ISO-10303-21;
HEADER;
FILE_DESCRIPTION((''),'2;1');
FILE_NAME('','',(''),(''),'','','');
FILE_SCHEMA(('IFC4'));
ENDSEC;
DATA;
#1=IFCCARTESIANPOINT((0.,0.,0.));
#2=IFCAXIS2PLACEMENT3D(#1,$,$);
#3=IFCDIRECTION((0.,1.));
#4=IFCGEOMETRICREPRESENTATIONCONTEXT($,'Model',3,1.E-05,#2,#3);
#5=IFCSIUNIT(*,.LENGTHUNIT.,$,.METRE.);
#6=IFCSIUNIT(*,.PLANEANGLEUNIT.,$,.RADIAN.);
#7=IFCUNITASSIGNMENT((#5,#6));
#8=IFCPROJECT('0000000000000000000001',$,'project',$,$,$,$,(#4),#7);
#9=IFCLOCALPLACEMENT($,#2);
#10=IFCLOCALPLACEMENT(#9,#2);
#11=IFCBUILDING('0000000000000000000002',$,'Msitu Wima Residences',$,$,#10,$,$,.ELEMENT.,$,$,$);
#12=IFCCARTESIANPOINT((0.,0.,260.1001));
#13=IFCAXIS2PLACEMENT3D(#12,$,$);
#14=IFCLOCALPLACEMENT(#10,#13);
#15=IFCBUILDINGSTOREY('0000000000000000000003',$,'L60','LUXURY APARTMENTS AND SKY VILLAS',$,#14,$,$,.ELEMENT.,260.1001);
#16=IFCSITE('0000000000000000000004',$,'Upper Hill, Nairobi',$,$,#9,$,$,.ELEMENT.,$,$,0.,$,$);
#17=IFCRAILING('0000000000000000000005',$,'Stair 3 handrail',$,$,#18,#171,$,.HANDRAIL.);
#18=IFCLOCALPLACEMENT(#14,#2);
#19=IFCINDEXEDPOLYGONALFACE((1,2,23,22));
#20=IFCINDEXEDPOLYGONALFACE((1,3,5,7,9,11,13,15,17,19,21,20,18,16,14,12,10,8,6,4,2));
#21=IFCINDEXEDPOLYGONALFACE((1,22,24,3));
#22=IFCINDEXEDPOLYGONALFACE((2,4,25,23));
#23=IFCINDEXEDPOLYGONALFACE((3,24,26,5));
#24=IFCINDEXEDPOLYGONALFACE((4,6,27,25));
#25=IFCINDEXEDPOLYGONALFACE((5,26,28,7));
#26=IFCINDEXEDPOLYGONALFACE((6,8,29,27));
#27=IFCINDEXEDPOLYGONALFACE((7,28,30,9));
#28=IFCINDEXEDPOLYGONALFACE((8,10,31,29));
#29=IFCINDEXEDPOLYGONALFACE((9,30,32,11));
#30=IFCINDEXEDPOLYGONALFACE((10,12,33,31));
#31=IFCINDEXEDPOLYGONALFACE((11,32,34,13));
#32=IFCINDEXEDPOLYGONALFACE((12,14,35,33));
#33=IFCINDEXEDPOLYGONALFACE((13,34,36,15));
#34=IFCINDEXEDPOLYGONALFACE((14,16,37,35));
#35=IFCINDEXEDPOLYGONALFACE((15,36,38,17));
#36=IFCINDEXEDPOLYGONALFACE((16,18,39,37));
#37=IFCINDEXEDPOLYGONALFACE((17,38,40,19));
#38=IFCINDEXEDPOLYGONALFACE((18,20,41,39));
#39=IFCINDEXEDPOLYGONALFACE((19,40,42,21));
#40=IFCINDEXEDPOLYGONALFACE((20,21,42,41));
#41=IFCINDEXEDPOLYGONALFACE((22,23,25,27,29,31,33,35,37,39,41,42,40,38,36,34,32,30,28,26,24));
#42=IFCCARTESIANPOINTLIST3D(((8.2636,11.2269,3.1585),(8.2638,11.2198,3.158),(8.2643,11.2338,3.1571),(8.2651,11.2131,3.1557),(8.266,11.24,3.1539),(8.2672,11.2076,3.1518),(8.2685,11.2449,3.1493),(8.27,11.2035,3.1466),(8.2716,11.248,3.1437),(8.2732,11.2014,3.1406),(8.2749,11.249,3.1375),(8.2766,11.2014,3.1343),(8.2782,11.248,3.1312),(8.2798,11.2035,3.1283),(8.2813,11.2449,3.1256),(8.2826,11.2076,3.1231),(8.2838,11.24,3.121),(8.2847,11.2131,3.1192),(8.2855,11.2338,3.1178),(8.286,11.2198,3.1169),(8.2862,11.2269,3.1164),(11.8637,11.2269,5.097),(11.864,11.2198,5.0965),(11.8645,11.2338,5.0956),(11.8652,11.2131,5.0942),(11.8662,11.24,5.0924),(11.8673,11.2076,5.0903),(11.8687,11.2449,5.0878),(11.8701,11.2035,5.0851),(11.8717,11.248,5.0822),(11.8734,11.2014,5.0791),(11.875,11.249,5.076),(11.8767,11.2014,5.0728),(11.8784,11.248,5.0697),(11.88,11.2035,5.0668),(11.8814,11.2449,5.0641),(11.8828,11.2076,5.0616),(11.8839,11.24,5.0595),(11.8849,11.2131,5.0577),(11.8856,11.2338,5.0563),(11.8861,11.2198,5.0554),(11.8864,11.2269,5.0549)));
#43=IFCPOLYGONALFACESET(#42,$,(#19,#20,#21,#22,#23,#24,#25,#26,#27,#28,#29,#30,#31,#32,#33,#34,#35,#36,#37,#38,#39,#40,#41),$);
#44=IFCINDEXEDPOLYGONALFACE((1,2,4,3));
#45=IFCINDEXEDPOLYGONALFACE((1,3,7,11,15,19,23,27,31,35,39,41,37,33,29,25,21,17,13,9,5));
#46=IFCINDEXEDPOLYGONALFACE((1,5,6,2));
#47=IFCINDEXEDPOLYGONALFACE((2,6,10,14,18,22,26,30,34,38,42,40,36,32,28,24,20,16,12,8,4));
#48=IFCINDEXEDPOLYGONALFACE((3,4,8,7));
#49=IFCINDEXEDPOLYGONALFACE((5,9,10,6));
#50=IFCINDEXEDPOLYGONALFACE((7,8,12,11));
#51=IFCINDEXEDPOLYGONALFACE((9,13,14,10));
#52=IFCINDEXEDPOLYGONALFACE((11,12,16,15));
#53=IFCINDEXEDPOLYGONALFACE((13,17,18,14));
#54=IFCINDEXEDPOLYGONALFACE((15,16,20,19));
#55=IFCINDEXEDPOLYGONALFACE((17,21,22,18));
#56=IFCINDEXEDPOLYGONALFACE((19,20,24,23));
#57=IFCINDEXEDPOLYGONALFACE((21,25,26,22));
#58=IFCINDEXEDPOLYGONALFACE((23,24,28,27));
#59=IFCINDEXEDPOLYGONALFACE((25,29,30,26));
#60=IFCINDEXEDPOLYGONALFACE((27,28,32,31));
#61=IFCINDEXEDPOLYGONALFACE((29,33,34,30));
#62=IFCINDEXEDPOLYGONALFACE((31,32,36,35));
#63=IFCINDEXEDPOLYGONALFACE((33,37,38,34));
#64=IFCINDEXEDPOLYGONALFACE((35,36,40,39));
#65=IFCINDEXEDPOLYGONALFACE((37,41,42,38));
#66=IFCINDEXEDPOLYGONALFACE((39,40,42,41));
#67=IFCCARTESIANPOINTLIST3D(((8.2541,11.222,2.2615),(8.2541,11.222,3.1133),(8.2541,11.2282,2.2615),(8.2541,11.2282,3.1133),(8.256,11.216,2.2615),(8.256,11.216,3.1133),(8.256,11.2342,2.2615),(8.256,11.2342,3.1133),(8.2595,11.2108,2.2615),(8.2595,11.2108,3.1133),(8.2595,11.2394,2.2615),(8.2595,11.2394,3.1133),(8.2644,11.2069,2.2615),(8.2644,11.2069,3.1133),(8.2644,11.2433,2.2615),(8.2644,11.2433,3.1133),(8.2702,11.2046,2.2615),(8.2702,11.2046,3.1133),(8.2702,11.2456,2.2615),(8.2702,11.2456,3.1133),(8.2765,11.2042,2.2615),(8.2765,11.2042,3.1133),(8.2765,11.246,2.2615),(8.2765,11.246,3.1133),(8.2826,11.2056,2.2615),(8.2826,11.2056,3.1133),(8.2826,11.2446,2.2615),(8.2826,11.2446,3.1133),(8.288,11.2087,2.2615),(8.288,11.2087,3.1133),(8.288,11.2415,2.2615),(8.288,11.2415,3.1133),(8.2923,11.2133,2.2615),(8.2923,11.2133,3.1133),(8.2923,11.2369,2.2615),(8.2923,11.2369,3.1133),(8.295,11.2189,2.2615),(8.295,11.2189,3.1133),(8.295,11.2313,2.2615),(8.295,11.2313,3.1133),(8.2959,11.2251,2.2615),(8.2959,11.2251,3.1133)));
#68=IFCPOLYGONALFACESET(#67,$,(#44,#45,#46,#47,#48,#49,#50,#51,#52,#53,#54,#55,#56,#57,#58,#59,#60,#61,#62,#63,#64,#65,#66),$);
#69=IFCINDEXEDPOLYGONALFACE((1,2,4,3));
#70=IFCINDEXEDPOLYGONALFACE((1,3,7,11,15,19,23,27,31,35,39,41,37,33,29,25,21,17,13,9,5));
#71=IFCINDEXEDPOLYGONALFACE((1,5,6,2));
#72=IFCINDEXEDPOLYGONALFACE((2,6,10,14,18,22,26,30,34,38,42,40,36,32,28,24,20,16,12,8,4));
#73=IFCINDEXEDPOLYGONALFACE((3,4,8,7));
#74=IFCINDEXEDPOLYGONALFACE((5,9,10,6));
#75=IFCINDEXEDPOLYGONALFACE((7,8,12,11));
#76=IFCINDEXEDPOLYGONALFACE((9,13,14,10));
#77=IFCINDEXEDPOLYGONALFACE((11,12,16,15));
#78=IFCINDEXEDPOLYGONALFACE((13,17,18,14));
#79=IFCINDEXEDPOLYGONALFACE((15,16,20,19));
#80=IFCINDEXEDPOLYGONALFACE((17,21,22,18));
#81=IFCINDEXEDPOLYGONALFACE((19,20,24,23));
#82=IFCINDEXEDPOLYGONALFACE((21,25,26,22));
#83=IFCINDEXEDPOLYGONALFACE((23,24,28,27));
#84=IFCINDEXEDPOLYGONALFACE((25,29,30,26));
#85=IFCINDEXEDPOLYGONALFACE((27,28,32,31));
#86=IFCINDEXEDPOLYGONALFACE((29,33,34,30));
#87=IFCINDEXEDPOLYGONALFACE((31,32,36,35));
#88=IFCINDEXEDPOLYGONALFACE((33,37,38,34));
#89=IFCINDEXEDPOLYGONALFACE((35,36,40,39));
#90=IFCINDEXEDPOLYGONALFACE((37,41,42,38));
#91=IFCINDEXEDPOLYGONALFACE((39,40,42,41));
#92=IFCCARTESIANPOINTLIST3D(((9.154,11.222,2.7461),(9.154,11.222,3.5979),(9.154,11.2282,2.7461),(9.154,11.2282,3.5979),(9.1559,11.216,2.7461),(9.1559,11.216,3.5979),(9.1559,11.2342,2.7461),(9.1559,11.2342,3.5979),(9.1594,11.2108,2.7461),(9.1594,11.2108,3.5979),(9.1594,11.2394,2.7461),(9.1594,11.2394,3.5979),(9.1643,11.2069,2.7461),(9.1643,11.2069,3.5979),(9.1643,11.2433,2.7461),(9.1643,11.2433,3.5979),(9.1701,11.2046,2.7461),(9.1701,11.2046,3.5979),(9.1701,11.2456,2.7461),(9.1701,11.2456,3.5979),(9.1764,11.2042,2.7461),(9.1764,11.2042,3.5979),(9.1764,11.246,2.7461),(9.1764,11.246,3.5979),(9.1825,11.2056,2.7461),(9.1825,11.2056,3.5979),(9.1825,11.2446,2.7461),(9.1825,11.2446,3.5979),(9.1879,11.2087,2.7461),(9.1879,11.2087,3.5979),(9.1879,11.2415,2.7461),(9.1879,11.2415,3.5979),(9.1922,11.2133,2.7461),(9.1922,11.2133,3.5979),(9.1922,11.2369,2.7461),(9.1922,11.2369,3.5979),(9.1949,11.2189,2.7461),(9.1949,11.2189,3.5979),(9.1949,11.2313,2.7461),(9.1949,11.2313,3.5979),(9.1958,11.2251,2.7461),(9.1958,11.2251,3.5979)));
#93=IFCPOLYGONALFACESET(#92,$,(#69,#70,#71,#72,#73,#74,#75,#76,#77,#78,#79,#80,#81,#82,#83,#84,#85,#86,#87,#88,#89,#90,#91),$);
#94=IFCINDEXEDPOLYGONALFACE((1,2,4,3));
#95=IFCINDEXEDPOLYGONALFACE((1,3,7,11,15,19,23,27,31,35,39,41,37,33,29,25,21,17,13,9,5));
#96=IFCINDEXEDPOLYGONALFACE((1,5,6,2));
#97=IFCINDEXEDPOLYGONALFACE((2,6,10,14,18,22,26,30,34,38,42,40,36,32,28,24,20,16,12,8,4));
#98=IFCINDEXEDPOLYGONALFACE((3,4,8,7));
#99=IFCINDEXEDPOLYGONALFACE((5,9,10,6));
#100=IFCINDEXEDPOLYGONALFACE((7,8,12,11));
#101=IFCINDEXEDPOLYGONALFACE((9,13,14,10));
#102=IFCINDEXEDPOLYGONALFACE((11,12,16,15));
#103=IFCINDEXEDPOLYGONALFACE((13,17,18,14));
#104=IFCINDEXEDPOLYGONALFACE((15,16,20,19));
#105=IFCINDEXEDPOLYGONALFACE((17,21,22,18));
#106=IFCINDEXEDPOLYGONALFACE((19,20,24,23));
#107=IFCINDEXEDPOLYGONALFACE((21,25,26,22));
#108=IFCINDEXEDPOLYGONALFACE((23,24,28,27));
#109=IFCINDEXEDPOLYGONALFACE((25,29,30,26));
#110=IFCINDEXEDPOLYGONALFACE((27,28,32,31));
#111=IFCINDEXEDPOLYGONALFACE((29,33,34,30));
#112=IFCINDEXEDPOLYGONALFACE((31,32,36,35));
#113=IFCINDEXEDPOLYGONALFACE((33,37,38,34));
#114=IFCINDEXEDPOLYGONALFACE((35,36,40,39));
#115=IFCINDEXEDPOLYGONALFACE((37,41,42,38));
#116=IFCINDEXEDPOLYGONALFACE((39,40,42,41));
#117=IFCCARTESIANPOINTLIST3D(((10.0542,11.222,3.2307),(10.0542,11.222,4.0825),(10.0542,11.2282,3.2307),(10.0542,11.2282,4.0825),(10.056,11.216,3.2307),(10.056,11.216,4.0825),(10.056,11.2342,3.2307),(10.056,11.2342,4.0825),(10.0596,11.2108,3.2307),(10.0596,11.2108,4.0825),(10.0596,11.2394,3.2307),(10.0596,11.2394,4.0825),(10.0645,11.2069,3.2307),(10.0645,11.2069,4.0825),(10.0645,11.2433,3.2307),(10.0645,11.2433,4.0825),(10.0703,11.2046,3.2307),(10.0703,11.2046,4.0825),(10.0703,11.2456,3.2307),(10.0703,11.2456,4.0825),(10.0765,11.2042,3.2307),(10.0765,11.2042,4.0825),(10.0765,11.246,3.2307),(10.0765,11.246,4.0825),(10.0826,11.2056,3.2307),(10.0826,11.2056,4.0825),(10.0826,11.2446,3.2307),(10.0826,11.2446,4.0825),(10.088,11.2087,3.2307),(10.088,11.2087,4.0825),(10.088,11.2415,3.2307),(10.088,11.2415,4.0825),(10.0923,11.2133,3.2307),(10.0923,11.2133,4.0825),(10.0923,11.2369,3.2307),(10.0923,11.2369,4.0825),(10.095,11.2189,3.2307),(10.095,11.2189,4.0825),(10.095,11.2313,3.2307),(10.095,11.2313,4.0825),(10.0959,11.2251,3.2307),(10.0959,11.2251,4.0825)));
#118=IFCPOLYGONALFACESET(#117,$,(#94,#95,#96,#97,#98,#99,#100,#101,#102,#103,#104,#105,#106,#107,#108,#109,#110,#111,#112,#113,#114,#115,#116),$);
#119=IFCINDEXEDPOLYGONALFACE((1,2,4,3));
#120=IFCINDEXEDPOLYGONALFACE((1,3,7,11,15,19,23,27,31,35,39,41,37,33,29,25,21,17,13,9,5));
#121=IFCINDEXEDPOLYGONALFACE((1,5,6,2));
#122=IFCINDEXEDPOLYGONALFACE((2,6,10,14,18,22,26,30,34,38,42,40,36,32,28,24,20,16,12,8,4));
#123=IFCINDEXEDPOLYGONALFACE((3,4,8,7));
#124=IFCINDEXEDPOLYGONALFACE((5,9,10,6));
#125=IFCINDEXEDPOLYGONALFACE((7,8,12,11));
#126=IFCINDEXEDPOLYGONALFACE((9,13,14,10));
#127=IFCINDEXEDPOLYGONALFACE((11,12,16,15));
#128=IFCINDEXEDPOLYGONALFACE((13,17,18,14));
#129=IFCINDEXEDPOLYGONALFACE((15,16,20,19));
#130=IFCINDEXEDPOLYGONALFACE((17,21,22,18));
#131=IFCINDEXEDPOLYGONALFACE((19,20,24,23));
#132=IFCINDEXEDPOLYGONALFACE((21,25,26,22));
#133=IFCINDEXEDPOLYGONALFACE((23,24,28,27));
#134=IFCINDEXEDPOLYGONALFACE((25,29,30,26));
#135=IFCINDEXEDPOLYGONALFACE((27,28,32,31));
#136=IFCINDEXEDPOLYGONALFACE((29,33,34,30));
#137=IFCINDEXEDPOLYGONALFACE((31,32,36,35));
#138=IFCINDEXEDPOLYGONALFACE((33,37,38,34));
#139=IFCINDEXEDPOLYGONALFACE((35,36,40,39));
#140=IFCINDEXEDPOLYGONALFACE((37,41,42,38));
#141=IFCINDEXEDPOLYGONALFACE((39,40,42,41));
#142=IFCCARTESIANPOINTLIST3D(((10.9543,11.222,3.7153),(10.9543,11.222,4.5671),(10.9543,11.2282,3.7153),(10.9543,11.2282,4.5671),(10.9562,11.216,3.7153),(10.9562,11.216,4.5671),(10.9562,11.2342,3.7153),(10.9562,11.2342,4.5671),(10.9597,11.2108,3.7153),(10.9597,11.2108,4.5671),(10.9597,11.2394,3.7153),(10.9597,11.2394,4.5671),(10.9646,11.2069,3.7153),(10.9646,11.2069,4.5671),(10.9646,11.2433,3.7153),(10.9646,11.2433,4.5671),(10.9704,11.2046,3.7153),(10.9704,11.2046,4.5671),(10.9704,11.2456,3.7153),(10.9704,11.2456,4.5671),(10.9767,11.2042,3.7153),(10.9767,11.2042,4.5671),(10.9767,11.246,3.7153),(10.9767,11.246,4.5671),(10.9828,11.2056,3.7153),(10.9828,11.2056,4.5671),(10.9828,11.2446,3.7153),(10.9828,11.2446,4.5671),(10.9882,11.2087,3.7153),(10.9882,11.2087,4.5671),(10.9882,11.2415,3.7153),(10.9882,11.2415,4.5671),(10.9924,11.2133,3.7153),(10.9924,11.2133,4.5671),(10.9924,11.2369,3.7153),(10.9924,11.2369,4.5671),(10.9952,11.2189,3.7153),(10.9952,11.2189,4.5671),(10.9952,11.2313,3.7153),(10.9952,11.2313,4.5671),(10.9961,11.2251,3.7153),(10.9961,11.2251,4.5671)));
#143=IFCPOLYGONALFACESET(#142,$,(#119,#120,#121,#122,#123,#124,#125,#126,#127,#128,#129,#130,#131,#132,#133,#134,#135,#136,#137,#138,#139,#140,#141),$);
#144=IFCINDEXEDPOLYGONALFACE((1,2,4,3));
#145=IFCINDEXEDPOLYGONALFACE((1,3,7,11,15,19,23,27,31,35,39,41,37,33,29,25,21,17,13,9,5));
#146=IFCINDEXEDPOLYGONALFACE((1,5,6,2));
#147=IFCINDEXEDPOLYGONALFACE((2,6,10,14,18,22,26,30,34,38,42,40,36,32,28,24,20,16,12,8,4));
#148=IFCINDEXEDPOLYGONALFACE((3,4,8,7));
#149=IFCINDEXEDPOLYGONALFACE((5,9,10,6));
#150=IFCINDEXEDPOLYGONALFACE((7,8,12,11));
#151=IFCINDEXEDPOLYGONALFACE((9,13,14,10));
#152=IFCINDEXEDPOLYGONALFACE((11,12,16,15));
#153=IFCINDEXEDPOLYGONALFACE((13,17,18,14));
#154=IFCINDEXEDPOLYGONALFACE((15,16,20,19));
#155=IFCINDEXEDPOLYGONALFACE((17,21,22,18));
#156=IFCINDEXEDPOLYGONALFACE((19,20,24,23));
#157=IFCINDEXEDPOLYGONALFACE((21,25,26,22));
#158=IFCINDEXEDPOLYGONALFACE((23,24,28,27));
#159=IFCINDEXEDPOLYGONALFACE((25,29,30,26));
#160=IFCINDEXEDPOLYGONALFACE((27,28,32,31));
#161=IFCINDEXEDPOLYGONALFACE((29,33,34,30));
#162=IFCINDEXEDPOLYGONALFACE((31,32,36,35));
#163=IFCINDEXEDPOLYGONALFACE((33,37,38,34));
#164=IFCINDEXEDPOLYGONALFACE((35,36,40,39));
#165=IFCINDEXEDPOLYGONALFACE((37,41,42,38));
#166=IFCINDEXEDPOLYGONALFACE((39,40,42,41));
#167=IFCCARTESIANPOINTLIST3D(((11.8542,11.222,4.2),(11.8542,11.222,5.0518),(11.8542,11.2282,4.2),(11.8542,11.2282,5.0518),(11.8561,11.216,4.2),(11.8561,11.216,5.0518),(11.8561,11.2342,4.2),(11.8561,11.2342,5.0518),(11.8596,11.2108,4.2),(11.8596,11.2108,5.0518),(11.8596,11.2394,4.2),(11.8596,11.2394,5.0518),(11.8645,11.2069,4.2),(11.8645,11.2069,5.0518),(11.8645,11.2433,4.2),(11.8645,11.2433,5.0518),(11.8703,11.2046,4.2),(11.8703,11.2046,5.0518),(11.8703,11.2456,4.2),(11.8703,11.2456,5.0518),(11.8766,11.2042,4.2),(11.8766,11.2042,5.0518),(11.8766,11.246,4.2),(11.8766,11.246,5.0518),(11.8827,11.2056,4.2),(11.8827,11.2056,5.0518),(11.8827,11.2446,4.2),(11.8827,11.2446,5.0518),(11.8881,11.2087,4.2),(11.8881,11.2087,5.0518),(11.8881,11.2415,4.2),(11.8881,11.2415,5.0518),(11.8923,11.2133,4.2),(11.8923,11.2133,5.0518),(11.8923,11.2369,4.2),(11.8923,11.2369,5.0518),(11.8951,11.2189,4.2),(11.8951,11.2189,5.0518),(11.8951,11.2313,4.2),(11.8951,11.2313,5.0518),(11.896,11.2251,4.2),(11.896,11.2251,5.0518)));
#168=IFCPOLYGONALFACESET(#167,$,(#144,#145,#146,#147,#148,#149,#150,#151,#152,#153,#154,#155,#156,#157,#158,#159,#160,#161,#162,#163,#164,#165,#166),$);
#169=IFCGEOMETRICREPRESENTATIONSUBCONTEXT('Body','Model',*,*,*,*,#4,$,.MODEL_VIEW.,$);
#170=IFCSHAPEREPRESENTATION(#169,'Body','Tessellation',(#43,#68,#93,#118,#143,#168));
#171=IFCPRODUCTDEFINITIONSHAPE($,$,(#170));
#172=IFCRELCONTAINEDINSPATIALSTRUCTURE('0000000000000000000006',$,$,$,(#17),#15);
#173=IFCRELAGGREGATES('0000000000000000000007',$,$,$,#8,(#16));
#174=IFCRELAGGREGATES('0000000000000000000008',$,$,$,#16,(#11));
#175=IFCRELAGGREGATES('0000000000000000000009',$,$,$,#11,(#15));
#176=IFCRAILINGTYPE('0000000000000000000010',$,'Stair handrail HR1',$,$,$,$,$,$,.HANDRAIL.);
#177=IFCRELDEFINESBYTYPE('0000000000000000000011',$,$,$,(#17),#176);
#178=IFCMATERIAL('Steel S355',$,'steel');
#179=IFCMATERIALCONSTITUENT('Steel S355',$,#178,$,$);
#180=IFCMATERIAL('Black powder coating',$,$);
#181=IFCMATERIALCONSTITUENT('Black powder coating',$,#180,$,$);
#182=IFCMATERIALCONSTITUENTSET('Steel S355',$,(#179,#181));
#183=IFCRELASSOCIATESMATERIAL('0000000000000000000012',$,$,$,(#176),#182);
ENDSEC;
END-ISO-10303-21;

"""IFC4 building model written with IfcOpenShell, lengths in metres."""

from ifc_helpers import new_model, si_unit, direction, frame, origin, origin_2d, place, context, subcontext, project, spatial, circle, extrude, material, constituent, constituent_set, type_object, element, save


model = new_model("IFC4")

# Units and contexts
model_context = context("Model", 3, precision=1e-05, world=origin(), true_north=direction((0.0, 1.0)))
body_context = subcontext(model_context, "Body", "Model", "MODEL_VIEW")
ifc_project = project(units=[si_unit("LENGTHUNIT", "METRE"), si_unit("PLANEANGLEUNIT", "RADIAN")], contexts=[model_context])

# Site, building, storey
site_placement = place(None, origin())
site = spatial("IfcSite", under=ifc_project, at=site_placement, Name="Upper Hill, Nairobi", CompositionType="ELEMENT", RefElevation=0.0)
building_placement = place(site_placement, origin())
building = spatial("IfcBuilding", under=site, at=building_placement, Name="Msitu Wima Residences", CompositionType="ELEMENT")
storey_placement = place(building_placement, frame((0.0, 0.0, 260.1001)))
storey = spatial("IfcBuildingStorey", under=building, at=storey_placement, Name="L60", Description="LUXURY APARTMENTS AND SKY VILLAS", CompositionType="ELEMENT", Elevation=260.1001)

# Railing
ifc_material_1 = material(Name="Steel S355", Category="steel")
ifc_constituent_1 = constituent(ifc_material_1, Name="Steel S355")
ifc_material_2 = material(Name="Black powder coating")
ifc_constituent_2 = constituent(ifc_material_2, Name="Black powder coating")
ifc_constituent_set = constituent_set(constituents=[ifc_constituent_1, ifc_constituent_2], Name="Steel S355")
railing_type = type_object("IfcRailingType", Name="Stair handrail HR1", PredefinedType="HANDRAIL", material=ifc_constituent_set)
railing_placement = place(storey_placement, frame((8.2749, 11.2251, 2.2615)))
element("IfcRailing", 1, at=railing_placement, inside=storey, type_object=railing_type, Name="Stair 3 handrail", PredefinedType="HANDRAIL", context=body_context, shape_type="SweptSolid", body=[
    extrude(circle(Radius=0.0239, at=origin_2d()), frame((0.0, 0.0, 0.876), z_axis=(0.880475, 0.0, 0.474093), x_axis=(0.0, 1.0, 0.0)), (0.0, 0.0, 1.0), 4.0889),
    extrude(circle(Radius=0.021, at=origin_2d()), origin(), (0.0, 0.0, 1.0), 0.8518),
    extrude(circle(Radius=0.021, at=origin_2d()), frame((0.8999, 0.0, 0.4846)), (0.0, 0.0, 1.0), 0.8518),
    extrude(circle(Radius=0.021, at=origin_2d()), frame((1.8, 0.0, 0.9692)), (0.0, 0.0, 1.0), 0.8518),
    extrude(circle(Radius=0.021, at=origin_2d()), frame((2.7002, 0.0, 1.4539)), (0.0, 0.0, 1.0), 0.8518),
    extrude(circle(Radius=0.021, at=origin_2d()), frame((3.6001, 0.0, 1.9385)), (0.0, 0.0, 1.0), 0.8518),
])

save(model, "model.ifc")
